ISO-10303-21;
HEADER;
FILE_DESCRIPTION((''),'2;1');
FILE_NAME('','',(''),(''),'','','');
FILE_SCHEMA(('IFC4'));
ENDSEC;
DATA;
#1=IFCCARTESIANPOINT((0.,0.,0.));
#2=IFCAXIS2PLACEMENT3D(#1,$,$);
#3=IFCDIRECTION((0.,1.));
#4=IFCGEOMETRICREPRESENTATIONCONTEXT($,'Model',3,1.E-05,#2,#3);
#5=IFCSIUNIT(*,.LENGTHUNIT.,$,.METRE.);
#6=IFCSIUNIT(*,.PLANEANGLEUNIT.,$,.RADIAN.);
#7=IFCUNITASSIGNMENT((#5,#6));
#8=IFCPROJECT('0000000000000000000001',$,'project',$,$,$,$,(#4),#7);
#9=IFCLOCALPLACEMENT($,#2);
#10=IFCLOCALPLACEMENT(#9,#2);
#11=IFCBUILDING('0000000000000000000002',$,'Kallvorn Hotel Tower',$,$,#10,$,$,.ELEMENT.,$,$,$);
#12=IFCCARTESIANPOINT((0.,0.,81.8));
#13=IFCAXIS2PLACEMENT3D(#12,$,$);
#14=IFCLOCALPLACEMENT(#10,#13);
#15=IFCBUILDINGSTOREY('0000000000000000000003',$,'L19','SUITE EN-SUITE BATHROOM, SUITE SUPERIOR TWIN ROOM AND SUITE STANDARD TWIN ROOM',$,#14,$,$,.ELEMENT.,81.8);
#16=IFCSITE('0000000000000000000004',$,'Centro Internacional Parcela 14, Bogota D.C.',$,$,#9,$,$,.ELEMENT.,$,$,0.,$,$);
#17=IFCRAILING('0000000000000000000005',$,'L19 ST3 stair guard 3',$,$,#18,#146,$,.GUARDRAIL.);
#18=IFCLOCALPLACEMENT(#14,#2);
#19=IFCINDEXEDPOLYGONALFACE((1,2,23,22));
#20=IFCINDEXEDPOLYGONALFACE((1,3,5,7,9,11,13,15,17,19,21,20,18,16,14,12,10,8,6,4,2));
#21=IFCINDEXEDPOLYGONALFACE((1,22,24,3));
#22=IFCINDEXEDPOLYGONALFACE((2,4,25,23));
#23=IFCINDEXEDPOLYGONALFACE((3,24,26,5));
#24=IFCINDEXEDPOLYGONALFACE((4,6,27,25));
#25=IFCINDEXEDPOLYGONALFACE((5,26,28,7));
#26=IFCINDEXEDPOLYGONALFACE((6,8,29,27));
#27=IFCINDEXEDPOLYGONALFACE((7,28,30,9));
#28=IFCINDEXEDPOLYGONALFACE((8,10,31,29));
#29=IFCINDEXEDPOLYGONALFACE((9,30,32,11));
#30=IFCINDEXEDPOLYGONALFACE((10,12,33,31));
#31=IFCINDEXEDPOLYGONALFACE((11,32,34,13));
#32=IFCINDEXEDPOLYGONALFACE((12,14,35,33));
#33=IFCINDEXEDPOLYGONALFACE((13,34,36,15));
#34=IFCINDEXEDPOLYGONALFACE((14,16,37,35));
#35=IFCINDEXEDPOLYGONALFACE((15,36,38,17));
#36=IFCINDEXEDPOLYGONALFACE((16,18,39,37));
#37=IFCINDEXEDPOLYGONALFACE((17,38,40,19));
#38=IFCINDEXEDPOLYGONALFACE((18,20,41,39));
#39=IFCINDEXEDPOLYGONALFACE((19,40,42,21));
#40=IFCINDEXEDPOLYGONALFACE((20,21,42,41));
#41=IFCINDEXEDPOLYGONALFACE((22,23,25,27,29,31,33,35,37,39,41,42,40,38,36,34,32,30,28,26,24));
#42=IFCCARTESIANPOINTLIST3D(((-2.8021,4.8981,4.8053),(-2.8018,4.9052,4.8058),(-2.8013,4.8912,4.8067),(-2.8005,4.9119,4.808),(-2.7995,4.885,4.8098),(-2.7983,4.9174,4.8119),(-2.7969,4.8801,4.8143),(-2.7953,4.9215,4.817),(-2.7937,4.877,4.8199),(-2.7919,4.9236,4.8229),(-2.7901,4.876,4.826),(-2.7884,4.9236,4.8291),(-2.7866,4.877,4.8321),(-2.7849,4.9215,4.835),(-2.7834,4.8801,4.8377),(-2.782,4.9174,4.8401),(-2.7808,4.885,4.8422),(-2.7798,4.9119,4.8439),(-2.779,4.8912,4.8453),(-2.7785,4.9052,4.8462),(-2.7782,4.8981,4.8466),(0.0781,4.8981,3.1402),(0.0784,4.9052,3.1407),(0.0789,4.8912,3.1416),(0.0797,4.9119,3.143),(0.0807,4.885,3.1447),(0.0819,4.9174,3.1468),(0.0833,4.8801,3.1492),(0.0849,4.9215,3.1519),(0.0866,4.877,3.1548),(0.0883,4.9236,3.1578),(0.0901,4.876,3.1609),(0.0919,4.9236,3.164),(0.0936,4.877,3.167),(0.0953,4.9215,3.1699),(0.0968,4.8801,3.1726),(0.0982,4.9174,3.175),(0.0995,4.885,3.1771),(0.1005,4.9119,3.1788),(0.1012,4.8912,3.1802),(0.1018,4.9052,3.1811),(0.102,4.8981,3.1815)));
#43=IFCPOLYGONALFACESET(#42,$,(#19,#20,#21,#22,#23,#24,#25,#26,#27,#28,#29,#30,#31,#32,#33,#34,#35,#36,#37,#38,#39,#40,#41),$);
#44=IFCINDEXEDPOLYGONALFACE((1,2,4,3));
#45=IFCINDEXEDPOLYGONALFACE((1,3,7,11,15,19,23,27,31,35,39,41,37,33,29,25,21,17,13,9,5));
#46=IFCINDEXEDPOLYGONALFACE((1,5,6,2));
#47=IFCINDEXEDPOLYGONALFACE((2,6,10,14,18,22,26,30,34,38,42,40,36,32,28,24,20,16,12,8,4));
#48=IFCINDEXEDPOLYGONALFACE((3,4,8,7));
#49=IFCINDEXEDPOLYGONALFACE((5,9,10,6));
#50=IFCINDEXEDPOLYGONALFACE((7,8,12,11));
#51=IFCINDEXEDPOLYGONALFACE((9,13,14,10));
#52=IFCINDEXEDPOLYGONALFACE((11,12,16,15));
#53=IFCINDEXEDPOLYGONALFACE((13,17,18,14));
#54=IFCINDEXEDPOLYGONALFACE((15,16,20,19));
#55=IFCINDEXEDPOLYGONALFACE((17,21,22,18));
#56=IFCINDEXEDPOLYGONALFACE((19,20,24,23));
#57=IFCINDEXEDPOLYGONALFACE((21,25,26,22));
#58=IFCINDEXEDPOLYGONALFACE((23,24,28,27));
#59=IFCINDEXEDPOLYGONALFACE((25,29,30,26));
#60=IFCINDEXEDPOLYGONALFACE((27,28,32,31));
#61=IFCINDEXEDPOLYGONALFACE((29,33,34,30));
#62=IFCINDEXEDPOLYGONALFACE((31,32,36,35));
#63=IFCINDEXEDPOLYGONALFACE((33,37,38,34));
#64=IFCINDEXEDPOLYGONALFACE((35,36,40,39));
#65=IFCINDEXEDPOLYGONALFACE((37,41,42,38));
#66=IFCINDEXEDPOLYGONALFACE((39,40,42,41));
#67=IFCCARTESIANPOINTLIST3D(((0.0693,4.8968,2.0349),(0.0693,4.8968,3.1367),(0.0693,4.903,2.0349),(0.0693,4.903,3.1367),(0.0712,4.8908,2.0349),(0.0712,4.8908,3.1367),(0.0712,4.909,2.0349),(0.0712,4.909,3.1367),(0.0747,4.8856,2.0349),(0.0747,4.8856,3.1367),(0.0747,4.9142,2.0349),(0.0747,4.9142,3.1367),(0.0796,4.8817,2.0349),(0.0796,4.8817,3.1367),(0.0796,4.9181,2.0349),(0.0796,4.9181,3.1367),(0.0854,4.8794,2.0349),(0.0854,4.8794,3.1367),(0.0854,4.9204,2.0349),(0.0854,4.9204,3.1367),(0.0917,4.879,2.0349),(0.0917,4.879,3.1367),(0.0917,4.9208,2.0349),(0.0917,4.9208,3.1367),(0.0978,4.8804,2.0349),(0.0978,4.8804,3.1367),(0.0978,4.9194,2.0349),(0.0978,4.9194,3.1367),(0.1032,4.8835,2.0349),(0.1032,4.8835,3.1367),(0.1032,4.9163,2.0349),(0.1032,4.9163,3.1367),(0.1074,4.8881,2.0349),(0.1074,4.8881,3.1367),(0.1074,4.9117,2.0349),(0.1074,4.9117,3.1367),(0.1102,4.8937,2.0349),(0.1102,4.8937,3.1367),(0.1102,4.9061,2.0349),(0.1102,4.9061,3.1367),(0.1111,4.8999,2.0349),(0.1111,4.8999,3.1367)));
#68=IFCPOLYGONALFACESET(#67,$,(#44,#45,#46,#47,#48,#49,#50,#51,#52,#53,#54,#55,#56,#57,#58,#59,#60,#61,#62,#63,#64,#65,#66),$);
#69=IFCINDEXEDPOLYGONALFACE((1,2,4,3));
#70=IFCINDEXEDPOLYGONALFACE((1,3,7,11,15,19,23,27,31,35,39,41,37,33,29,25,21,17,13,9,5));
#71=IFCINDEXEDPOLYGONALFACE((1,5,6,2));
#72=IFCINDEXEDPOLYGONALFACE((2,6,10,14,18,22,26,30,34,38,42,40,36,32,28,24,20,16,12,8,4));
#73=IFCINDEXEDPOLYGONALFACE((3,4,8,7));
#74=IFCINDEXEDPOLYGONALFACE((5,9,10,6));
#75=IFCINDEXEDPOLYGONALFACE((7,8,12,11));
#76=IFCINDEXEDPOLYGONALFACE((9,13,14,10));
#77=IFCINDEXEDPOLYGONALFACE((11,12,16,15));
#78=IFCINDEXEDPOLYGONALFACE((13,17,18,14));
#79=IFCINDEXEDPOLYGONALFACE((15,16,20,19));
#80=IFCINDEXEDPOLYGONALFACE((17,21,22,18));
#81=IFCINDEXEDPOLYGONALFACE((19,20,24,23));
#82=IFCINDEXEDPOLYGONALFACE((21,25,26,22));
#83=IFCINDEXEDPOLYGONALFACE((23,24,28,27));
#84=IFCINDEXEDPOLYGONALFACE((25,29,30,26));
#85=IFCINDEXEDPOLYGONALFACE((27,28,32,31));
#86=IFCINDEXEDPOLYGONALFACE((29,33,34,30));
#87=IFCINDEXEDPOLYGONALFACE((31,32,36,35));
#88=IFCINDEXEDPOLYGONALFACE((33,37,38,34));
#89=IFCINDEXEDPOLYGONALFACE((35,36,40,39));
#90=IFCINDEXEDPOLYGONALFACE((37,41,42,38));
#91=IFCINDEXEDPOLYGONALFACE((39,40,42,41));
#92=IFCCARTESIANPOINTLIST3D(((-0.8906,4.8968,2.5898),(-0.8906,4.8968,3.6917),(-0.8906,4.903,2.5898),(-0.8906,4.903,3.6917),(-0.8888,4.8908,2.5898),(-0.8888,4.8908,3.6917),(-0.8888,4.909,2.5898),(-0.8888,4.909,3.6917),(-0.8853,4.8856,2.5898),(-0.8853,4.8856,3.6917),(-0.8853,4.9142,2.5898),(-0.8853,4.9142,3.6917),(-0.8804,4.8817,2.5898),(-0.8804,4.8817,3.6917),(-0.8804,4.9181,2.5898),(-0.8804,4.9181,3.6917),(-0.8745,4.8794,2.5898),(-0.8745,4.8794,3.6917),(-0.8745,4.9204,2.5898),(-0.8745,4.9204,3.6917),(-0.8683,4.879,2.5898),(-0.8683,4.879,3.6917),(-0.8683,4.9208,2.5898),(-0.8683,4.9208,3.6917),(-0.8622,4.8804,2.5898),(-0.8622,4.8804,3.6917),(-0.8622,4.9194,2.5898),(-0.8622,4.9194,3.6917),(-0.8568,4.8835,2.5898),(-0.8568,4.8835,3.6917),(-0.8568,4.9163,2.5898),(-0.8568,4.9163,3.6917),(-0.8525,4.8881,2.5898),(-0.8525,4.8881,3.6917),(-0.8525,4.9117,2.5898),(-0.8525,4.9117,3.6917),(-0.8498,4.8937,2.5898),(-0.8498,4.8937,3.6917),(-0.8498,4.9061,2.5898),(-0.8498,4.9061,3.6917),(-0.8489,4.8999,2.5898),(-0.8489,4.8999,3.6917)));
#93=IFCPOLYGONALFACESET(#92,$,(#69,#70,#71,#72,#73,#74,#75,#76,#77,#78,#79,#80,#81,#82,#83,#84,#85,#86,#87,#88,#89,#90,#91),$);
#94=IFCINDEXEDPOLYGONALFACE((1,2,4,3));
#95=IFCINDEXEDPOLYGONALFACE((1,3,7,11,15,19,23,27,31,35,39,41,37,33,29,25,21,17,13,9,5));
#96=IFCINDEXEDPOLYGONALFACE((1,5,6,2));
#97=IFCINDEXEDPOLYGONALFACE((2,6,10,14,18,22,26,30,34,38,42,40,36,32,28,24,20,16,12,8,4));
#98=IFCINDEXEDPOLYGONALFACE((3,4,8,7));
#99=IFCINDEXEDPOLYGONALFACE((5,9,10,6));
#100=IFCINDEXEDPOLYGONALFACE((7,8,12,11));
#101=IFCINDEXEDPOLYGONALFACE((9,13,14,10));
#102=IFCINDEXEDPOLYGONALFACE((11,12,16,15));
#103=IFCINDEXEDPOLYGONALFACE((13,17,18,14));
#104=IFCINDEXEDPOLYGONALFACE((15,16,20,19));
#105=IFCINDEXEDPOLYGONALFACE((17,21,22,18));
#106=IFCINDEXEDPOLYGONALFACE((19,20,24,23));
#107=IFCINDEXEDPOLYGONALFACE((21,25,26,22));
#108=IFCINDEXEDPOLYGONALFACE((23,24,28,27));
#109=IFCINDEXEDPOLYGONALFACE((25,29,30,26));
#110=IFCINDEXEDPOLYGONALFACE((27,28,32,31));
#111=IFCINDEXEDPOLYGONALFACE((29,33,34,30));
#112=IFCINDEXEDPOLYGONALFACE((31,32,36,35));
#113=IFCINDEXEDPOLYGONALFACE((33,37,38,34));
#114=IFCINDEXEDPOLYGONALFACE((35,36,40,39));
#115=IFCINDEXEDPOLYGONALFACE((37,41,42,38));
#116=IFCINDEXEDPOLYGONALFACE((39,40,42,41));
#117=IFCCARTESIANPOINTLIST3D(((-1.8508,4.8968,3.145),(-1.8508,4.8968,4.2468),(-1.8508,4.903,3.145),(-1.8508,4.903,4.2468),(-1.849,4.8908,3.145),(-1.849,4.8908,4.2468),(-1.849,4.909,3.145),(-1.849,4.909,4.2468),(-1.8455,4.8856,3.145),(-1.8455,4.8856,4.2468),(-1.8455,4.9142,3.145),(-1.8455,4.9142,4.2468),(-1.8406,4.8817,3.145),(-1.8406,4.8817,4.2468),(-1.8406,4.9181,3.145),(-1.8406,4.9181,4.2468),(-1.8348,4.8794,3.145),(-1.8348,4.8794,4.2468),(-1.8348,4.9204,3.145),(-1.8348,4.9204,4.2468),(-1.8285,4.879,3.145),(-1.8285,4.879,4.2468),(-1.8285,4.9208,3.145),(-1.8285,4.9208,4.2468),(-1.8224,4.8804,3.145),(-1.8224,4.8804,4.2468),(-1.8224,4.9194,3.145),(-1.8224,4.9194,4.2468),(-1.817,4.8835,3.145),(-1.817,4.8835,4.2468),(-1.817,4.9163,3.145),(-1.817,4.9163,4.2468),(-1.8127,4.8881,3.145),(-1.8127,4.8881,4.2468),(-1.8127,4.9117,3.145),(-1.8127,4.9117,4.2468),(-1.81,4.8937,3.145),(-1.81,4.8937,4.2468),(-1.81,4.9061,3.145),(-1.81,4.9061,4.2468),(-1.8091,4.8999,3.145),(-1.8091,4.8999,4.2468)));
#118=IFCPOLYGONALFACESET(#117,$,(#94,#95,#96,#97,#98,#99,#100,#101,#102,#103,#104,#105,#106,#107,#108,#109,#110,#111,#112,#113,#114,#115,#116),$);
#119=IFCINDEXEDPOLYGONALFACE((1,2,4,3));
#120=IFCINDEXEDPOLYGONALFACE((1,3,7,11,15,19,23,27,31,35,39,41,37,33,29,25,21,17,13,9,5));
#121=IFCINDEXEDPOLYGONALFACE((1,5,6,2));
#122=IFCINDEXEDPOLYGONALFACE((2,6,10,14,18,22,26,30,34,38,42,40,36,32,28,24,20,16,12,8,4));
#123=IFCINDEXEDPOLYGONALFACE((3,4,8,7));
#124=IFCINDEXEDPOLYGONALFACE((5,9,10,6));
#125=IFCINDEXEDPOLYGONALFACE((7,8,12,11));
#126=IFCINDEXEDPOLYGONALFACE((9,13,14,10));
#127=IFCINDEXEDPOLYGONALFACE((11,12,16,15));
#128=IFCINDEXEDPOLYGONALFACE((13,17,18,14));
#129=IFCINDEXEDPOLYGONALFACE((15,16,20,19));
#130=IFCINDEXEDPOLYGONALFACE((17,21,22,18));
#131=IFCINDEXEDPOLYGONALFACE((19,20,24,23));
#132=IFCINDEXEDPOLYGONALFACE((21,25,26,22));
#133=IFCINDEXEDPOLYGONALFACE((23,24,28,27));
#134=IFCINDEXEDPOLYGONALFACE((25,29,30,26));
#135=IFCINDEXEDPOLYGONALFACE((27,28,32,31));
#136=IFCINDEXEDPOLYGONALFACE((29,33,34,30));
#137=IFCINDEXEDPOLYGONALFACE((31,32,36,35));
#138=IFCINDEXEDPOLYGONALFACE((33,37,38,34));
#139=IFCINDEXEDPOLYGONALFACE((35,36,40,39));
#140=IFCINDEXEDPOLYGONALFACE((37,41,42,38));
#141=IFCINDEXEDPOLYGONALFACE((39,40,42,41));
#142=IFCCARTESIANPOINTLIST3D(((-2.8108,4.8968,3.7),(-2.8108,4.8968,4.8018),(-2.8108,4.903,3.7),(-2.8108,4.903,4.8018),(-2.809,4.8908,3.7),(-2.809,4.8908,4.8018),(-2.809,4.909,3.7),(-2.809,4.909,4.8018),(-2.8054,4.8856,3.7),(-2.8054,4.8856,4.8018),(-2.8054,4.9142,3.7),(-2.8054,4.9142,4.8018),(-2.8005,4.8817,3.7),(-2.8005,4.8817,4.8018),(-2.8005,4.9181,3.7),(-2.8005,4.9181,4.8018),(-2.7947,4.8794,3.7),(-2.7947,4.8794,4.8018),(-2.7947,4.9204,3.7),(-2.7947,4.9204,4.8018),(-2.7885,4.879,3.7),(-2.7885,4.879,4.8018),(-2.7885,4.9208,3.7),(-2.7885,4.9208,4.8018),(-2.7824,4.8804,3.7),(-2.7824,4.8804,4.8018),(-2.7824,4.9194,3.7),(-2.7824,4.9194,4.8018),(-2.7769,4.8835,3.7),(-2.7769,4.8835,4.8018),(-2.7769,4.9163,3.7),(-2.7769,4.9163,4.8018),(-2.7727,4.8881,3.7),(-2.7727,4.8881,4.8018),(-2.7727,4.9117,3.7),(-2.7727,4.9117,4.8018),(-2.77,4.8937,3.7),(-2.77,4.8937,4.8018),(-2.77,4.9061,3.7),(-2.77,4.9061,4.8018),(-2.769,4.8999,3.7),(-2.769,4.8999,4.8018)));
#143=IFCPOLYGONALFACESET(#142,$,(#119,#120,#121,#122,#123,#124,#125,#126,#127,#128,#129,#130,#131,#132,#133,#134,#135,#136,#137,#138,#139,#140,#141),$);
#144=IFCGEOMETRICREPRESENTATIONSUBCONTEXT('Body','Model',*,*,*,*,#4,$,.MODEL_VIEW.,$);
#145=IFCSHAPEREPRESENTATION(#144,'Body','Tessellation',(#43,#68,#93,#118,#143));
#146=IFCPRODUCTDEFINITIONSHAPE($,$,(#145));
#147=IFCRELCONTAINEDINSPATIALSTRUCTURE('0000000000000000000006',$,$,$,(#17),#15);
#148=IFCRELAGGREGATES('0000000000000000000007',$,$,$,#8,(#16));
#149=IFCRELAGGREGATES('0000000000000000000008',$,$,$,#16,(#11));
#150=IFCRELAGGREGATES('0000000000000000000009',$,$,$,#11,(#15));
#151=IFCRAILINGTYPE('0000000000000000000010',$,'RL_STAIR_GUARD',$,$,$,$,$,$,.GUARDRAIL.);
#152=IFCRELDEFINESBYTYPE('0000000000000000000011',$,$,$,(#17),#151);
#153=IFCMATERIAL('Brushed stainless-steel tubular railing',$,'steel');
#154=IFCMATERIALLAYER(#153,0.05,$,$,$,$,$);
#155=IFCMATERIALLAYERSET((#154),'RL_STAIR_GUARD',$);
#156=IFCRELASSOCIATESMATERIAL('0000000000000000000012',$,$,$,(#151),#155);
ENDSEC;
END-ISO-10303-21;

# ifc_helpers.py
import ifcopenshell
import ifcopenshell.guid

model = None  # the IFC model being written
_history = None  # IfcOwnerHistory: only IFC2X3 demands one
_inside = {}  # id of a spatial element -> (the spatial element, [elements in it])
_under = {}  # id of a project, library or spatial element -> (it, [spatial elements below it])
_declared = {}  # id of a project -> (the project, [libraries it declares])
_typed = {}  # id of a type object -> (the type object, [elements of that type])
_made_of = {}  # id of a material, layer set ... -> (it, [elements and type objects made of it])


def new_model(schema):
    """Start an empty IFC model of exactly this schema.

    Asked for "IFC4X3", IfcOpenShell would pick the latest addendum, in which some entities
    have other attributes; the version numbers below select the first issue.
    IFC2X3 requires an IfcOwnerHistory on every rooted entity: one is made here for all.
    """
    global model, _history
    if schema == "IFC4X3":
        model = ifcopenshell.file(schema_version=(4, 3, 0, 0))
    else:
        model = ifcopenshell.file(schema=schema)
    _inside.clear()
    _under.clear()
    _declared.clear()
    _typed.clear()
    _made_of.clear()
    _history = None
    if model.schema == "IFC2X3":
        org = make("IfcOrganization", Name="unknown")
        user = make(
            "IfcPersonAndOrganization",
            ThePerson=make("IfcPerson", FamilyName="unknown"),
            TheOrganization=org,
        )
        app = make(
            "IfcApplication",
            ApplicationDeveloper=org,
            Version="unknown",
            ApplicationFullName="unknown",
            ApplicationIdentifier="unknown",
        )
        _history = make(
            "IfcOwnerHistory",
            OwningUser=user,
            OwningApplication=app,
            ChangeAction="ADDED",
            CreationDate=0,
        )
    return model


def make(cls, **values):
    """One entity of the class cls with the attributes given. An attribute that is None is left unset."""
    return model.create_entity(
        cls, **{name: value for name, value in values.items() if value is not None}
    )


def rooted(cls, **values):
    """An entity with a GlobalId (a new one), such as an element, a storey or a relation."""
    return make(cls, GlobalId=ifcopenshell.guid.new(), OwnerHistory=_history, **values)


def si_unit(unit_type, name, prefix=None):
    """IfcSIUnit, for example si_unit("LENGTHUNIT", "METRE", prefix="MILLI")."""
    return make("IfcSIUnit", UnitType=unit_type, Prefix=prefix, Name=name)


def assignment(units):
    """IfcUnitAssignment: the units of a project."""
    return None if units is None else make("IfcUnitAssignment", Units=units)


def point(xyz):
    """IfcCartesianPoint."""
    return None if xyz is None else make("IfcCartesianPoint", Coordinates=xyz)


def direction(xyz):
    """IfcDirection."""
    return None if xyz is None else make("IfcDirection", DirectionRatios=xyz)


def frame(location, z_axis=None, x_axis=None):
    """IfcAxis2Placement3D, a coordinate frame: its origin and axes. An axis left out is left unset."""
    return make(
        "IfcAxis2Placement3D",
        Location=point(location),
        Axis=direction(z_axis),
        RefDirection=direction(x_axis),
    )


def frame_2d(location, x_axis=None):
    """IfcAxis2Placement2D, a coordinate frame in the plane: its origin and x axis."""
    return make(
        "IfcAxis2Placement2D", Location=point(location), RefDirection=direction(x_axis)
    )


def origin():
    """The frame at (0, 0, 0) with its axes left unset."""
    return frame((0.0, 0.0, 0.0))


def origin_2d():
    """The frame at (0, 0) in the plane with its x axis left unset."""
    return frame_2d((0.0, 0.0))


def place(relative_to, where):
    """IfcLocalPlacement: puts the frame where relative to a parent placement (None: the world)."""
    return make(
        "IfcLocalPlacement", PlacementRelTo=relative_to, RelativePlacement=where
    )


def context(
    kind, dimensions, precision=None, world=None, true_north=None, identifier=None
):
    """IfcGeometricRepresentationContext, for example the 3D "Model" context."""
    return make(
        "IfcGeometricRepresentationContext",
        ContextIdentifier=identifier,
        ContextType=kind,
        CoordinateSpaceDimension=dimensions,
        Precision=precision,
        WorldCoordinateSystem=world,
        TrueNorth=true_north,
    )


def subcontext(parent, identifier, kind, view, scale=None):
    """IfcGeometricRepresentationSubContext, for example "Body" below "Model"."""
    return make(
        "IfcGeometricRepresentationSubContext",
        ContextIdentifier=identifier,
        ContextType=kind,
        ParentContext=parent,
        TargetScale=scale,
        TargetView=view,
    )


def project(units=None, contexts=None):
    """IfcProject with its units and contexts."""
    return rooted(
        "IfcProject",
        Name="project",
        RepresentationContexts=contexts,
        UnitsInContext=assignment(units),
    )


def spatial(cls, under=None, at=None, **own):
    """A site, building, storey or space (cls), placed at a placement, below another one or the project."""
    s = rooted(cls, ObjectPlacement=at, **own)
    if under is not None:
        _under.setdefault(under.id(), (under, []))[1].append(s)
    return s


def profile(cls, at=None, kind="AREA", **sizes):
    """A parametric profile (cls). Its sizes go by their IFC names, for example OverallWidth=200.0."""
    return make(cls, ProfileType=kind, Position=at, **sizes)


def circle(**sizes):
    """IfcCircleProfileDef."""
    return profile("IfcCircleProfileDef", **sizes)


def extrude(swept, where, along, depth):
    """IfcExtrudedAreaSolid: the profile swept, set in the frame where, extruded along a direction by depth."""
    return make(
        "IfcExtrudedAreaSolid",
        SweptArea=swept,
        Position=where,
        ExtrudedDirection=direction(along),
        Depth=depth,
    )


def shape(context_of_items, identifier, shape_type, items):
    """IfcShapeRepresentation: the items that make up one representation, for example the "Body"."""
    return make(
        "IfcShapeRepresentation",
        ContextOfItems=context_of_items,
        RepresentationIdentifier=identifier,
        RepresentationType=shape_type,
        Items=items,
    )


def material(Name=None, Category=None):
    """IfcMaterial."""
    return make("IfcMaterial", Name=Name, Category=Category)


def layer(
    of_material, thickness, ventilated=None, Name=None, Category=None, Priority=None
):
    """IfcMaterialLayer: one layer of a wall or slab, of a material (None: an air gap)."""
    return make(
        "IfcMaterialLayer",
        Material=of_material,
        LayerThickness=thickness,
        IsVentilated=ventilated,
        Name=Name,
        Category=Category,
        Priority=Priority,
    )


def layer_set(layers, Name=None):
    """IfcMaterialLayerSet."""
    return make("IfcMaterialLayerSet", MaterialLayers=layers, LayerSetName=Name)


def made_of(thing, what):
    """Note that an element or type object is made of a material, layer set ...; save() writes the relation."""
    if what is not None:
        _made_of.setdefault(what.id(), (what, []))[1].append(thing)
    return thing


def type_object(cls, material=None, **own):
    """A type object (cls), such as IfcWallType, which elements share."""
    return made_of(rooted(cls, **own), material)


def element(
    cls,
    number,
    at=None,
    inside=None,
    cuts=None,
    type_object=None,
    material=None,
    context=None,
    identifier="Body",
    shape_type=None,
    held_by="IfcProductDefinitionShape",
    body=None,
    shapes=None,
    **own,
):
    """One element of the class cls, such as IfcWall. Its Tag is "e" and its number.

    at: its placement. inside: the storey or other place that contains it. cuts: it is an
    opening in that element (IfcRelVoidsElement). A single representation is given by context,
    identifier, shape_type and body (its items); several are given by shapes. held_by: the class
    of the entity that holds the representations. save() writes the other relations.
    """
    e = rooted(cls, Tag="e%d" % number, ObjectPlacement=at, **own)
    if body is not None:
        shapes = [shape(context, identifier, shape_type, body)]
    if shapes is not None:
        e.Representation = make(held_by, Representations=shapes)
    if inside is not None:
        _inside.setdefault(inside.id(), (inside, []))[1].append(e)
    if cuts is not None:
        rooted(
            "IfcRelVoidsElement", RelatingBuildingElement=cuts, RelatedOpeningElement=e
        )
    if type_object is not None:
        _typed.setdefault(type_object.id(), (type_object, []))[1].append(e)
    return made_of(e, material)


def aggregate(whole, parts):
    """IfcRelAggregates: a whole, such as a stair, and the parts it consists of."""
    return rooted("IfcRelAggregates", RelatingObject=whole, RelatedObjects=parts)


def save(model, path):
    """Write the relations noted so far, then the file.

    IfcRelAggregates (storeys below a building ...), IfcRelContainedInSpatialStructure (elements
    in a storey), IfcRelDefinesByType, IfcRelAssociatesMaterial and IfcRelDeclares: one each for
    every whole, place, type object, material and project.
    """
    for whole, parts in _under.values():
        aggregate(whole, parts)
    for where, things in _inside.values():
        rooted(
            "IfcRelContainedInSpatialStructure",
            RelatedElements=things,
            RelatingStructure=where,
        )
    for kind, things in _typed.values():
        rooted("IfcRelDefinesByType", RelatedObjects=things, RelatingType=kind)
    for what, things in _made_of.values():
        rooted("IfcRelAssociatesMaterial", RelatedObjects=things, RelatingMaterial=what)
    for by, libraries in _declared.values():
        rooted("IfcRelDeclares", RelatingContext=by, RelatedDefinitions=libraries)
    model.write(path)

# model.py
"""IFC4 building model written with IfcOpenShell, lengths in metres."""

from ifc_helpers import new_model, si_unit, direction, frame, origin, origin_2d, place, context, subcontext, project, spatial, circle, extrude, material, layer, layer_set, type_object, element, save


model = new_model("IFC4")

# Units and contexts
model_context = context("Model", 3, precision=1e-05, world=origin(), true_north=direction((0.0, 1.0)))
body_context = subcontext(model_context, "Body", "Model", "MODEL_VIEW")
ifc_project = project(units=[si_unit("LENGTHUNIT", "METRE"), si_unit("PLANEANGLEUNIT", "RADIAN")], contexts=[model_context])

# Site, building, storey
site_placement = place(None, origin())
site = spatial("IfcSite", under=ifc_project, at=site_placement, Name="Centro Internacional Parcela 14, Bogota D.C.", CompositionType="ELEMENT", RefElevation=0.0)
building_placement = place(site_placement, origin())
building = spatial("IfcBuilding", under=site, at=building_placement, Name="Kallvorn Hotel Tower", CompositionType="ELEMENT")
storey_placement = place(building_placement, frame((0.0, 0.0, 81.8)))
storey = spatial("IfcBuildingStorey", under=building, at=storey_placement, Name="L19", Description="SUITE EN-SUITE BATHROOM, SUITE SUPERIOR TWIN ROOM AND SUITE STANDARD TWIN ROOM", CompositionType="ELEMENT", Elevation=81.8)

# Railing
ifc_material_1 = material(Name="Brushed stainless-steel tubular railing", Category="steel")
ifc_layer_1 = layer(ifc_material_1, 0.05)
ifc_layer_set_1 = layer_set([ifc_layer_1], Name="RL_STAIR_GUARD")
railing_type_1 = type_object("IfcRailingType", Name="RL_STAIR_GUARD", PredefinedType="GUARDRAIL", material=ifc_layer_set_1)
railing_1_placement = place(storey_placement, frame((0.0901, 4.8999, 2.0349)))
element("IfcRailing", 1, at=railing_1_placement, inside=storey, type_object=railing_type_1, Name="L19 ST3 stair guard 3", PredefinedType="GUARDRAIL", context=body_context, shape_type="SweptSolid", body=[
    extrude(circle(Radius=0.0239, at=origin_2d()), frame((0.0, 0.0, 1.126), z_axis=(-0.865739, 0.0, 0.500495), x_axis=(0.0, -1.0, 0.0)), (0.0, 0.0, 1.0), 3.3269),
    extrude(circle(Radius=0.021, at=origin_2d()), origin(), (0.0, 0.0, 1.0), 1.1018),
    extrude(circle(Radius=0.021, at=origin_2d()), frame((-0.96, 0.0, 0.5549)), (0.0, 0.0, 1.0), 1.1018),
    extrude(circle(Radius=0.021, at=origin_2d()), frame((-1.9202, 0.0, 1.1101)), (0.0, 0.0, 1.0), 1.1018),
    extrude(circle(Radius=0.021, at=origin_2d()), frame((-2.8801, 0.0, 1.665)), (0.0, 0.0, 1.0), 1.1018),
])

save(model, "model.ifc")
